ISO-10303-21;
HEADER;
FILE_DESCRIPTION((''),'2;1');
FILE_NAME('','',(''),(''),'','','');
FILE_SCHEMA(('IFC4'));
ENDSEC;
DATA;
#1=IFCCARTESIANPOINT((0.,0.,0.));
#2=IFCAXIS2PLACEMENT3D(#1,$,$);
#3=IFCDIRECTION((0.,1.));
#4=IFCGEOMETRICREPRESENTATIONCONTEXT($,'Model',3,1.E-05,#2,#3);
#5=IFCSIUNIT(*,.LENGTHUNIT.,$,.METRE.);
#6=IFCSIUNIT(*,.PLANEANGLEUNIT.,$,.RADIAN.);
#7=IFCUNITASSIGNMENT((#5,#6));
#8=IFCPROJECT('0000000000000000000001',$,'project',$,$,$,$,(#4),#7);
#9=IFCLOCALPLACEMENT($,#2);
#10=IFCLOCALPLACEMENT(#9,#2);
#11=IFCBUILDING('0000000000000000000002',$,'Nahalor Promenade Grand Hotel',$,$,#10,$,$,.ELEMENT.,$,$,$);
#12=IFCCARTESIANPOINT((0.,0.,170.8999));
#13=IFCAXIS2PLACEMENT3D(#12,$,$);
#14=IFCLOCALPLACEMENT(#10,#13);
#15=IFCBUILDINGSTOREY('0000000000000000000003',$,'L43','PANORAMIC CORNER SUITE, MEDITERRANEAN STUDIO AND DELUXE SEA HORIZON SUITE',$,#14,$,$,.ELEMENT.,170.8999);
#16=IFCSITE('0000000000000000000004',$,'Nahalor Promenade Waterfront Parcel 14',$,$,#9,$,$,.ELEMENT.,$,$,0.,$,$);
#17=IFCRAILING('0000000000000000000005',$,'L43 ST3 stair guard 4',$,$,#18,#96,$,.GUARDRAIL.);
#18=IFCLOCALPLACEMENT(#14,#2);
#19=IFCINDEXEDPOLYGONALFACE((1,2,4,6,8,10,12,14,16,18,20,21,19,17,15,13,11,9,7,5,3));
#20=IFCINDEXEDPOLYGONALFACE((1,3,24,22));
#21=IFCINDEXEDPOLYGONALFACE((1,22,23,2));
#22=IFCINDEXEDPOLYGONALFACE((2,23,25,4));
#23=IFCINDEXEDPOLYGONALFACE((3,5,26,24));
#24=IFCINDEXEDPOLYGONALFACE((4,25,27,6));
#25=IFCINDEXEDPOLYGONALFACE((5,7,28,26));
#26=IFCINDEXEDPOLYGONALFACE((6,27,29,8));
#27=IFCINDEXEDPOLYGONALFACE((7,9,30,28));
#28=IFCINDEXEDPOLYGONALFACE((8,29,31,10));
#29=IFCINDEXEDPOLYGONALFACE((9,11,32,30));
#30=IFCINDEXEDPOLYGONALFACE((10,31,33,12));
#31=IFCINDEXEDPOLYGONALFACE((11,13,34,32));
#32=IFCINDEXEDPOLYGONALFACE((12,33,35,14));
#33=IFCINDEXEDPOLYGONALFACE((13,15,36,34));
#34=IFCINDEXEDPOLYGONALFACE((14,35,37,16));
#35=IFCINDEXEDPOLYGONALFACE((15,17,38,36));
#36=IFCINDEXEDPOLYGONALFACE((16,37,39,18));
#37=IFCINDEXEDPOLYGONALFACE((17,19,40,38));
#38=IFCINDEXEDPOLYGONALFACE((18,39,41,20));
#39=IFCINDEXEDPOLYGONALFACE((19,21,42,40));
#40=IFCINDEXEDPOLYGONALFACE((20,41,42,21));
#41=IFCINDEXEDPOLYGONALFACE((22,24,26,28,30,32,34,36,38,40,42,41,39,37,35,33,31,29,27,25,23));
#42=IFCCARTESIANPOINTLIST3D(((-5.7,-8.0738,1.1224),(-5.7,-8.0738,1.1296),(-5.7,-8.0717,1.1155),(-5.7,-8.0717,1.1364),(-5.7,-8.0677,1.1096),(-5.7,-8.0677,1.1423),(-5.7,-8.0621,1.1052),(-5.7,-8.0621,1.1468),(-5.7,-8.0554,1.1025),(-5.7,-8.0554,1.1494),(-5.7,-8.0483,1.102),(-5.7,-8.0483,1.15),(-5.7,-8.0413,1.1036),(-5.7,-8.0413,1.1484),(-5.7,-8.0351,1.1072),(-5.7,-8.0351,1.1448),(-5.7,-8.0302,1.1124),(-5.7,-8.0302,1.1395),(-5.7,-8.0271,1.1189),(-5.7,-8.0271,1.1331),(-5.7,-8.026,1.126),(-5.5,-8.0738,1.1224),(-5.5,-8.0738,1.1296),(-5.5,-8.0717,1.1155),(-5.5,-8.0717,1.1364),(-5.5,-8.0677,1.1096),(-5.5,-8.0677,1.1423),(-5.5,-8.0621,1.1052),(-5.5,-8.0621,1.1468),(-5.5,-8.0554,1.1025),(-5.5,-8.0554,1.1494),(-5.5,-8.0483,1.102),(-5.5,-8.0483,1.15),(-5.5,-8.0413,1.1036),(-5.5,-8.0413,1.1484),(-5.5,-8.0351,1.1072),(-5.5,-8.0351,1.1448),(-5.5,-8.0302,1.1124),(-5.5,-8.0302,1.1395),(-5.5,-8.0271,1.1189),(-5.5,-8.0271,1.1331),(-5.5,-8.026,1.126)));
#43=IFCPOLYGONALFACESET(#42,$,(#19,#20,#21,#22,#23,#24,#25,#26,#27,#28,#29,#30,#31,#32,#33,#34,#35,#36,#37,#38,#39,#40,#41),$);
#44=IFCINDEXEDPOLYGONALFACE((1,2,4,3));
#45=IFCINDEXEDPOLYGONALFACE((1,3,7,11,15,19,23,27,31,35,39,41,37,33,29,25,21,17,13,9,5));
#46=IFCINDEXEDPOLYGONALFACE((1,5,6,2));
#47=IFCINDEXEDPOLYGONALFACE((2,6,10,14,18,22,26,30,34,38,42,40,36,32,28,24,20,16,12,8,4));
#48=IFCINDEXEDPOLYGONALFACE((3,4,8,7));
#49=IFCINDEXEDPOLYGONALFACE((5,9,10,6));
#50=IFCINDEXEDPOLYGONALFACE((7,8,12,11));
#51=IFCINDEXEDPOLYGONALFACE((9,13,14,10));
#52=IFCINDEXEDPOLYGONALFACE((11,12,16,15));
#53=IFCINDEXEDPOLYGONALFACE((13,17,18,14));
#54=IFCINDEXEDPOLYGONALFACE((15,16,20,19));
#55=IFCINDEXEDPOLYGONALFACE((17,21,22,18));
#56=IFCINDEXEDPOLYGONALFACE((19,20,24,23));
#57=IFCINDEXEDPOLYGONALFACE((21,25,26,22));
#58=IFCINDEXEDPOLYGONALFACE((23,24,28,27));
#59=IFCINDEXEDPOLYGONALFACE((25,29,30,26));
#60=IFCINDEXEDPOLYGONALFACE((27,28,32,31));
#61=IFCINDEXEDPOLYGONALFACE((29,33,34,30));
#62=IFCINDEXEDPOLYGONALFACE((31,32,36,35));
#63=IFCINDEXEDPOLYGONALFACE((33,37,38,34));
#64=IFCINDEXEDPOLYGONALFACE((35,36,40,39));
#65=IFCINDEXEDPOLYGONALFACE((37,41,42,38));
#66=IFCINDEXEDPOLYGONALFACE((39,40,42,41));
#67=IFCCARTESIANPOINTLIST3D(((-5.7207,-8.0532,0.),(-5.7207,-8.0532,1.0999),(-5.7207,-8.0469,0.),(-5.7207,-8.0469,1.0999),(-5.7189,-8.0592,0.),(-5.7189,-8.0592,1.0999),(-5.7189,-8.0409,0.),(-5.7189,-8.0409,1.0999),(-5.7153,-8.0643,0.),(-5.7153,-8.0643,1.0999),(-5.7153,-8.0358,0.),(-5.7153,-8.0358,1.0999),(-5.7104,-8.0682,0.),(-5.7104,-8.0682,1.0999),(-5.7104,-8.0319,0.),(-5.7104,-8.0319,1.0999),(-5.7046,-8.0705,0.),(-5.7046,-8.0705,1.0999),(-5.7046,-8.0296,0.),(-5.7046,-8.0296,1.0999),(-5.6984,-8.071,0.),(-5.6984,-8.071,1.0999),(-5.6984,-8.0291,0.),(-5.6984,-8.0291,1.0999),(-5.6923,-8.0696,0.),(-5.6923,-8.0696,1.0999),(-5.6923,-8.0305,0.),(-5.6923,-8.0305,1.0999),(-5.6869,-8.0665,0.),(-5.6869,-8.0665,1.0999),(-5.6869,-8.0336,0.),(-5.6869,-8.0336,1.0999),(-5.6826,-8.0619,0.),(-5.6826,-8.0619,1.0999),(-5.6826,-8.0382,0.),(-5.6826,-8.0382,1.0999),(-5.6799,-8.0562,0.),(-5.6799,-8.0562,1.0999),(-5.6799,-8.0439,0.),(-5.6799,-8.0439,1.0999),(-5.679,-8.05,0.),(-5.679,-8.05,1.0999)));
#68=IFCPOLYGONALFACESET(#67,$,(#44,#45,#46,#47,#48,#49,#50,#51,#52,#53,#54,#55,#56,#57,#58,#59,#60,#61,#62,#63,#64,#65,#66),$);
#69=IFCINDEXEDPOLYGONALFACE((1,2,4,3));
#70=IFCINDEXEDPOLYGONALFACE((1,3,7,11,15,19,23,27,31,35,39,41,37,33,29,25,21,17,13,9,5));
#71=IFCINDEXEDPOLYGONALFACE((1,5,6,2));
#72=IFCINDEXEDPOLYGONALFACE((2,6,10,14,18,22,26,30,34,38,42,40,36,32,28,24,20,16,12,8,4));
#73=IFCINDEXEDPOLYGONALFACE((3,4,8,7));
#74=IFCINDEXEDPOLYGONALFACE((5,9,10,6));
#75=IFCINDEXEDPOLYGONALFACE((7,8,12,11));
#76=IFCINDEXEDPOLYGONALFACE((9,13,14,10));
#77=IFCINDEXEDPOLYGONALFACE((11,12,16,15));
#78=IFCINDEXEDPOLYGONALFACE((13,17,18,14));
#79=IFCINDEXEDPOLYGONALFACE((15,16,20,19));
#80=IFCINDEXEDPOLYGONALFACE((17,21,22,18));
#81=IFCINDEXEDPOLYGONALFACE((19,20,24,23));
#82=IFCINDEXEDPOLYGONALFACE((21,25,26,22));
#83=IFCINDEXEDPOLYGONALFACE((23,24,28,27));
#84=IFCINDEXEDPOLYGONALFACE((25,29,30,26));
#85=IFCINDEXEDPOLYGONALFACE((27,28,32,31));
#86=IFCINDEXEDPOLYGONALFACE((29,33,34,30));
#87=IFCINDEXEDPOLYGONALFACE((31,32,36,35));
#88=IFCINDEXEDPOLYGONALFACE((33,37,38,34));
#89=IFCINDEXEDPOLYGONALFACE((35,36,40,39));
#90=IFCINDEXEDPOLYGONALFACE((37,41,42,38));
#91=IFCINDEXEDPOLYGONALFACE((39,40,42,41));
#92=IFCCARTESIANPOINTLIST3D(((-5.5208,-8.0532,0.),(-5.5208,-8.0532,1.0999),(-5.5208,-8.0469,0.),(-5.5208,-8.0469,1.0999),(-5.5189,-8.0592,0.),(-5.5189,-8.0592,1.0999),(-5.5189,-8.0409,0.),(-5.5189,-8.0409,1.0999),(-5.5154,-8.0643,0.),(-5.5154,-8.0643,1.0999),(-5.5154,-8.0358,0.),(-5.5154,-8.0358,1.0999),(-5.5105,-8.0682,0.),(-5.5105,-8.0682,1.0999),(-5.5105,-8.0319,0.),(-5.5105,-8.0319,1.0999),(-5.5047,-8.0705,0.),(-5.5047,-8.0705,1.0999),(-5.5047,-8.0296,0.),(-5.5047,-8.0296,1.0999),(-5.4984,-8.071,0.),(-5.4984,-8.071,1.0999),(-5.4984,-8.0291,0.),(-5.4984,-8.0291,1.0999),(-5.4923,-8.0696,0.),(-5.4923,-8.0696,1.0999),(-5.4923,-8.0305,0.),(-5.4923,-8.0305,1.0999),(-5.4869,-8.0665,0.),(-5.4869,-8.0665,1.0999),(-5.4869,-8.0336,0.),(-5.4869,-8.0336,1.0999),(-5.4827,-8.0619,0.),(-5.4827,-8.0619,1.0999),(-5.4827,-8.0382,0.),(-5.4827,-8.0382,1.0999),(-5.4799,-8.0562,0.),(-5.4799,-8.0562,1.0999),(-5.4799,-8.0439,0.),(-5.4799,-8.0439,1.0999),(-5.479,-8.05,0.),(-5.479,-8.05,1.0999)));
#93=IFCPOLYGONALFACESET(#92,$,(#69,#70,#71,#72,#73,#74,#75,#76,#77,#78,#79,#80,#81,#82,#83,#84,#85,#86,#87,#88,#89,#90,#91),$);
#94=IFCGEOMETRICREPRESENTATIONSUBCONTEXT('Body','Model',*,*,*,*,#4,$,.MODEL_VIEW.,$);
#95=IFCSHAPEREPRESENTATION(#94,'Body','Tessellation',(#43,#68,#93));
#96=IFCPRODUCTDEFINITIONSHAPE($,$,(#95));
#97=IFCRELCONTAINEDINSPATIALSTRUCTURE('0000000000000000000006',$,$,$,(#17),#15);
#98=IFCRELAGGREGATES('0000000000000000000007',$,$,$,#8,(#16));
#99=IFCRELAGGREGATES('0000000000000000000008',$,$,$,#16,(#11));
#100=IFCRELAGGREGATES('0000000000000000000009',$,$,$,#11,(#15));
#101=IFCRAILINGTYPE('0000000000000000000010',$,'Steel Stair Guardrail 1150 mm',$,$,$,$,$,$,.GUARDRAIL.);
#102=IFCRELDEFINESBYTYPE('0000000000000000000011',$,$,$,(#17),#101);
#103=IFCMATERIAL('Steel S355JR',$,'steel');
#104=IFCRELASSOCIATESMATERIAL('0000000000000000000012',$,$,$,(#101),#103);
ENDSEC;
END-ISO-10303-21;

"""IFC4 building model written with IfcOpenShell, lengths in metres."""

from ifc_helpers import new_model, si_unit, direction, frame, origin, origin_2d, place, context, subcontext, project, spatial, circle, extrude, material, type_object, element, save


model = new_model("IFC4")

# Units and contexts
model_context = context("Model", 3, precision=1e-05, world=origin(), true_north=direction((0.0, 1.0)))
body_context = subcontext(model_context, "Body", "Model", "MODEL_VIEW")
ifc_project = project(units=[si_unit("LENGTHUNIT", "METRE"), si_unit("PLANEANGLEUNIT", "RADIAN")], contexts=[model_context])

# Site, building, storey
site_placement = place(None, origin())
site = spatial("IfcSite", under=ifc_project, at=site_placement, Name="Nahalor Promenade Waterfront Parcel 14", CompositionType="ELEMENT", RefElevation=0.0)
building_placement = place(site_placement, origin())
building = spatial("IfcBuilding", under=site, at=building_placement, Name="Nahalor Promenade Grand Hotel", CompositionType="ELEMENT")
storey_placement = place(building_placement, frame((0.0, 0.0, 170.8999)))
storey = spatial("IfcBuildingStorey", under=building, at=storey_placement, Name="L43", Description="PANORAMIC CORNER SUITE, MEDITERRANEAN STUDIO AND DELUXE SEA HORIZON SUITE", CompositionType="ELEMENT", Elevation=170.8999)

# Shared definitions
ifc_material_1 = material(Name="Steel S355JR", Category="steel")

# Railing
railing_type_1 = type_object("IfcRailingType", Name="Steel Stair Guardrail 1150 mm", PredefinedType="GUARDRAIL", material=ifc_material_1)
railing_1_placement = place(storey_placement, frame((-5.7, -8.05, 0.0)))
element("IfcRailing", 1, at=railing_1_placement, inside=storey, type_object=railing_type_1, Name="L43 ST3 stair guard 4", PredefinedType="GUARDRAIL", context=body_context, shape_type="SweptSolid", body=[
    extrude(circle(Radius=0.024, at=origin_2d()), frame((0.0, 0.0, 1.126), z_axis=(1.0, 0.0, 0.0), x_axis=(0.0, 1.0, 0.0)), (0.0, 0.0, 1.0), 0.2),
    extrude(circle(Radius=0.021, at=origin_2d()), origin(), (0.0, 0.0, 1.0), 1.0999),
    extrude(circle(Radius=0.021, at=origin_2d()), frame((0.2, 0.0, 0.0)), (0.0, 0.0, 1.0), 1.0999),
])

save(model, "model.ifc")
